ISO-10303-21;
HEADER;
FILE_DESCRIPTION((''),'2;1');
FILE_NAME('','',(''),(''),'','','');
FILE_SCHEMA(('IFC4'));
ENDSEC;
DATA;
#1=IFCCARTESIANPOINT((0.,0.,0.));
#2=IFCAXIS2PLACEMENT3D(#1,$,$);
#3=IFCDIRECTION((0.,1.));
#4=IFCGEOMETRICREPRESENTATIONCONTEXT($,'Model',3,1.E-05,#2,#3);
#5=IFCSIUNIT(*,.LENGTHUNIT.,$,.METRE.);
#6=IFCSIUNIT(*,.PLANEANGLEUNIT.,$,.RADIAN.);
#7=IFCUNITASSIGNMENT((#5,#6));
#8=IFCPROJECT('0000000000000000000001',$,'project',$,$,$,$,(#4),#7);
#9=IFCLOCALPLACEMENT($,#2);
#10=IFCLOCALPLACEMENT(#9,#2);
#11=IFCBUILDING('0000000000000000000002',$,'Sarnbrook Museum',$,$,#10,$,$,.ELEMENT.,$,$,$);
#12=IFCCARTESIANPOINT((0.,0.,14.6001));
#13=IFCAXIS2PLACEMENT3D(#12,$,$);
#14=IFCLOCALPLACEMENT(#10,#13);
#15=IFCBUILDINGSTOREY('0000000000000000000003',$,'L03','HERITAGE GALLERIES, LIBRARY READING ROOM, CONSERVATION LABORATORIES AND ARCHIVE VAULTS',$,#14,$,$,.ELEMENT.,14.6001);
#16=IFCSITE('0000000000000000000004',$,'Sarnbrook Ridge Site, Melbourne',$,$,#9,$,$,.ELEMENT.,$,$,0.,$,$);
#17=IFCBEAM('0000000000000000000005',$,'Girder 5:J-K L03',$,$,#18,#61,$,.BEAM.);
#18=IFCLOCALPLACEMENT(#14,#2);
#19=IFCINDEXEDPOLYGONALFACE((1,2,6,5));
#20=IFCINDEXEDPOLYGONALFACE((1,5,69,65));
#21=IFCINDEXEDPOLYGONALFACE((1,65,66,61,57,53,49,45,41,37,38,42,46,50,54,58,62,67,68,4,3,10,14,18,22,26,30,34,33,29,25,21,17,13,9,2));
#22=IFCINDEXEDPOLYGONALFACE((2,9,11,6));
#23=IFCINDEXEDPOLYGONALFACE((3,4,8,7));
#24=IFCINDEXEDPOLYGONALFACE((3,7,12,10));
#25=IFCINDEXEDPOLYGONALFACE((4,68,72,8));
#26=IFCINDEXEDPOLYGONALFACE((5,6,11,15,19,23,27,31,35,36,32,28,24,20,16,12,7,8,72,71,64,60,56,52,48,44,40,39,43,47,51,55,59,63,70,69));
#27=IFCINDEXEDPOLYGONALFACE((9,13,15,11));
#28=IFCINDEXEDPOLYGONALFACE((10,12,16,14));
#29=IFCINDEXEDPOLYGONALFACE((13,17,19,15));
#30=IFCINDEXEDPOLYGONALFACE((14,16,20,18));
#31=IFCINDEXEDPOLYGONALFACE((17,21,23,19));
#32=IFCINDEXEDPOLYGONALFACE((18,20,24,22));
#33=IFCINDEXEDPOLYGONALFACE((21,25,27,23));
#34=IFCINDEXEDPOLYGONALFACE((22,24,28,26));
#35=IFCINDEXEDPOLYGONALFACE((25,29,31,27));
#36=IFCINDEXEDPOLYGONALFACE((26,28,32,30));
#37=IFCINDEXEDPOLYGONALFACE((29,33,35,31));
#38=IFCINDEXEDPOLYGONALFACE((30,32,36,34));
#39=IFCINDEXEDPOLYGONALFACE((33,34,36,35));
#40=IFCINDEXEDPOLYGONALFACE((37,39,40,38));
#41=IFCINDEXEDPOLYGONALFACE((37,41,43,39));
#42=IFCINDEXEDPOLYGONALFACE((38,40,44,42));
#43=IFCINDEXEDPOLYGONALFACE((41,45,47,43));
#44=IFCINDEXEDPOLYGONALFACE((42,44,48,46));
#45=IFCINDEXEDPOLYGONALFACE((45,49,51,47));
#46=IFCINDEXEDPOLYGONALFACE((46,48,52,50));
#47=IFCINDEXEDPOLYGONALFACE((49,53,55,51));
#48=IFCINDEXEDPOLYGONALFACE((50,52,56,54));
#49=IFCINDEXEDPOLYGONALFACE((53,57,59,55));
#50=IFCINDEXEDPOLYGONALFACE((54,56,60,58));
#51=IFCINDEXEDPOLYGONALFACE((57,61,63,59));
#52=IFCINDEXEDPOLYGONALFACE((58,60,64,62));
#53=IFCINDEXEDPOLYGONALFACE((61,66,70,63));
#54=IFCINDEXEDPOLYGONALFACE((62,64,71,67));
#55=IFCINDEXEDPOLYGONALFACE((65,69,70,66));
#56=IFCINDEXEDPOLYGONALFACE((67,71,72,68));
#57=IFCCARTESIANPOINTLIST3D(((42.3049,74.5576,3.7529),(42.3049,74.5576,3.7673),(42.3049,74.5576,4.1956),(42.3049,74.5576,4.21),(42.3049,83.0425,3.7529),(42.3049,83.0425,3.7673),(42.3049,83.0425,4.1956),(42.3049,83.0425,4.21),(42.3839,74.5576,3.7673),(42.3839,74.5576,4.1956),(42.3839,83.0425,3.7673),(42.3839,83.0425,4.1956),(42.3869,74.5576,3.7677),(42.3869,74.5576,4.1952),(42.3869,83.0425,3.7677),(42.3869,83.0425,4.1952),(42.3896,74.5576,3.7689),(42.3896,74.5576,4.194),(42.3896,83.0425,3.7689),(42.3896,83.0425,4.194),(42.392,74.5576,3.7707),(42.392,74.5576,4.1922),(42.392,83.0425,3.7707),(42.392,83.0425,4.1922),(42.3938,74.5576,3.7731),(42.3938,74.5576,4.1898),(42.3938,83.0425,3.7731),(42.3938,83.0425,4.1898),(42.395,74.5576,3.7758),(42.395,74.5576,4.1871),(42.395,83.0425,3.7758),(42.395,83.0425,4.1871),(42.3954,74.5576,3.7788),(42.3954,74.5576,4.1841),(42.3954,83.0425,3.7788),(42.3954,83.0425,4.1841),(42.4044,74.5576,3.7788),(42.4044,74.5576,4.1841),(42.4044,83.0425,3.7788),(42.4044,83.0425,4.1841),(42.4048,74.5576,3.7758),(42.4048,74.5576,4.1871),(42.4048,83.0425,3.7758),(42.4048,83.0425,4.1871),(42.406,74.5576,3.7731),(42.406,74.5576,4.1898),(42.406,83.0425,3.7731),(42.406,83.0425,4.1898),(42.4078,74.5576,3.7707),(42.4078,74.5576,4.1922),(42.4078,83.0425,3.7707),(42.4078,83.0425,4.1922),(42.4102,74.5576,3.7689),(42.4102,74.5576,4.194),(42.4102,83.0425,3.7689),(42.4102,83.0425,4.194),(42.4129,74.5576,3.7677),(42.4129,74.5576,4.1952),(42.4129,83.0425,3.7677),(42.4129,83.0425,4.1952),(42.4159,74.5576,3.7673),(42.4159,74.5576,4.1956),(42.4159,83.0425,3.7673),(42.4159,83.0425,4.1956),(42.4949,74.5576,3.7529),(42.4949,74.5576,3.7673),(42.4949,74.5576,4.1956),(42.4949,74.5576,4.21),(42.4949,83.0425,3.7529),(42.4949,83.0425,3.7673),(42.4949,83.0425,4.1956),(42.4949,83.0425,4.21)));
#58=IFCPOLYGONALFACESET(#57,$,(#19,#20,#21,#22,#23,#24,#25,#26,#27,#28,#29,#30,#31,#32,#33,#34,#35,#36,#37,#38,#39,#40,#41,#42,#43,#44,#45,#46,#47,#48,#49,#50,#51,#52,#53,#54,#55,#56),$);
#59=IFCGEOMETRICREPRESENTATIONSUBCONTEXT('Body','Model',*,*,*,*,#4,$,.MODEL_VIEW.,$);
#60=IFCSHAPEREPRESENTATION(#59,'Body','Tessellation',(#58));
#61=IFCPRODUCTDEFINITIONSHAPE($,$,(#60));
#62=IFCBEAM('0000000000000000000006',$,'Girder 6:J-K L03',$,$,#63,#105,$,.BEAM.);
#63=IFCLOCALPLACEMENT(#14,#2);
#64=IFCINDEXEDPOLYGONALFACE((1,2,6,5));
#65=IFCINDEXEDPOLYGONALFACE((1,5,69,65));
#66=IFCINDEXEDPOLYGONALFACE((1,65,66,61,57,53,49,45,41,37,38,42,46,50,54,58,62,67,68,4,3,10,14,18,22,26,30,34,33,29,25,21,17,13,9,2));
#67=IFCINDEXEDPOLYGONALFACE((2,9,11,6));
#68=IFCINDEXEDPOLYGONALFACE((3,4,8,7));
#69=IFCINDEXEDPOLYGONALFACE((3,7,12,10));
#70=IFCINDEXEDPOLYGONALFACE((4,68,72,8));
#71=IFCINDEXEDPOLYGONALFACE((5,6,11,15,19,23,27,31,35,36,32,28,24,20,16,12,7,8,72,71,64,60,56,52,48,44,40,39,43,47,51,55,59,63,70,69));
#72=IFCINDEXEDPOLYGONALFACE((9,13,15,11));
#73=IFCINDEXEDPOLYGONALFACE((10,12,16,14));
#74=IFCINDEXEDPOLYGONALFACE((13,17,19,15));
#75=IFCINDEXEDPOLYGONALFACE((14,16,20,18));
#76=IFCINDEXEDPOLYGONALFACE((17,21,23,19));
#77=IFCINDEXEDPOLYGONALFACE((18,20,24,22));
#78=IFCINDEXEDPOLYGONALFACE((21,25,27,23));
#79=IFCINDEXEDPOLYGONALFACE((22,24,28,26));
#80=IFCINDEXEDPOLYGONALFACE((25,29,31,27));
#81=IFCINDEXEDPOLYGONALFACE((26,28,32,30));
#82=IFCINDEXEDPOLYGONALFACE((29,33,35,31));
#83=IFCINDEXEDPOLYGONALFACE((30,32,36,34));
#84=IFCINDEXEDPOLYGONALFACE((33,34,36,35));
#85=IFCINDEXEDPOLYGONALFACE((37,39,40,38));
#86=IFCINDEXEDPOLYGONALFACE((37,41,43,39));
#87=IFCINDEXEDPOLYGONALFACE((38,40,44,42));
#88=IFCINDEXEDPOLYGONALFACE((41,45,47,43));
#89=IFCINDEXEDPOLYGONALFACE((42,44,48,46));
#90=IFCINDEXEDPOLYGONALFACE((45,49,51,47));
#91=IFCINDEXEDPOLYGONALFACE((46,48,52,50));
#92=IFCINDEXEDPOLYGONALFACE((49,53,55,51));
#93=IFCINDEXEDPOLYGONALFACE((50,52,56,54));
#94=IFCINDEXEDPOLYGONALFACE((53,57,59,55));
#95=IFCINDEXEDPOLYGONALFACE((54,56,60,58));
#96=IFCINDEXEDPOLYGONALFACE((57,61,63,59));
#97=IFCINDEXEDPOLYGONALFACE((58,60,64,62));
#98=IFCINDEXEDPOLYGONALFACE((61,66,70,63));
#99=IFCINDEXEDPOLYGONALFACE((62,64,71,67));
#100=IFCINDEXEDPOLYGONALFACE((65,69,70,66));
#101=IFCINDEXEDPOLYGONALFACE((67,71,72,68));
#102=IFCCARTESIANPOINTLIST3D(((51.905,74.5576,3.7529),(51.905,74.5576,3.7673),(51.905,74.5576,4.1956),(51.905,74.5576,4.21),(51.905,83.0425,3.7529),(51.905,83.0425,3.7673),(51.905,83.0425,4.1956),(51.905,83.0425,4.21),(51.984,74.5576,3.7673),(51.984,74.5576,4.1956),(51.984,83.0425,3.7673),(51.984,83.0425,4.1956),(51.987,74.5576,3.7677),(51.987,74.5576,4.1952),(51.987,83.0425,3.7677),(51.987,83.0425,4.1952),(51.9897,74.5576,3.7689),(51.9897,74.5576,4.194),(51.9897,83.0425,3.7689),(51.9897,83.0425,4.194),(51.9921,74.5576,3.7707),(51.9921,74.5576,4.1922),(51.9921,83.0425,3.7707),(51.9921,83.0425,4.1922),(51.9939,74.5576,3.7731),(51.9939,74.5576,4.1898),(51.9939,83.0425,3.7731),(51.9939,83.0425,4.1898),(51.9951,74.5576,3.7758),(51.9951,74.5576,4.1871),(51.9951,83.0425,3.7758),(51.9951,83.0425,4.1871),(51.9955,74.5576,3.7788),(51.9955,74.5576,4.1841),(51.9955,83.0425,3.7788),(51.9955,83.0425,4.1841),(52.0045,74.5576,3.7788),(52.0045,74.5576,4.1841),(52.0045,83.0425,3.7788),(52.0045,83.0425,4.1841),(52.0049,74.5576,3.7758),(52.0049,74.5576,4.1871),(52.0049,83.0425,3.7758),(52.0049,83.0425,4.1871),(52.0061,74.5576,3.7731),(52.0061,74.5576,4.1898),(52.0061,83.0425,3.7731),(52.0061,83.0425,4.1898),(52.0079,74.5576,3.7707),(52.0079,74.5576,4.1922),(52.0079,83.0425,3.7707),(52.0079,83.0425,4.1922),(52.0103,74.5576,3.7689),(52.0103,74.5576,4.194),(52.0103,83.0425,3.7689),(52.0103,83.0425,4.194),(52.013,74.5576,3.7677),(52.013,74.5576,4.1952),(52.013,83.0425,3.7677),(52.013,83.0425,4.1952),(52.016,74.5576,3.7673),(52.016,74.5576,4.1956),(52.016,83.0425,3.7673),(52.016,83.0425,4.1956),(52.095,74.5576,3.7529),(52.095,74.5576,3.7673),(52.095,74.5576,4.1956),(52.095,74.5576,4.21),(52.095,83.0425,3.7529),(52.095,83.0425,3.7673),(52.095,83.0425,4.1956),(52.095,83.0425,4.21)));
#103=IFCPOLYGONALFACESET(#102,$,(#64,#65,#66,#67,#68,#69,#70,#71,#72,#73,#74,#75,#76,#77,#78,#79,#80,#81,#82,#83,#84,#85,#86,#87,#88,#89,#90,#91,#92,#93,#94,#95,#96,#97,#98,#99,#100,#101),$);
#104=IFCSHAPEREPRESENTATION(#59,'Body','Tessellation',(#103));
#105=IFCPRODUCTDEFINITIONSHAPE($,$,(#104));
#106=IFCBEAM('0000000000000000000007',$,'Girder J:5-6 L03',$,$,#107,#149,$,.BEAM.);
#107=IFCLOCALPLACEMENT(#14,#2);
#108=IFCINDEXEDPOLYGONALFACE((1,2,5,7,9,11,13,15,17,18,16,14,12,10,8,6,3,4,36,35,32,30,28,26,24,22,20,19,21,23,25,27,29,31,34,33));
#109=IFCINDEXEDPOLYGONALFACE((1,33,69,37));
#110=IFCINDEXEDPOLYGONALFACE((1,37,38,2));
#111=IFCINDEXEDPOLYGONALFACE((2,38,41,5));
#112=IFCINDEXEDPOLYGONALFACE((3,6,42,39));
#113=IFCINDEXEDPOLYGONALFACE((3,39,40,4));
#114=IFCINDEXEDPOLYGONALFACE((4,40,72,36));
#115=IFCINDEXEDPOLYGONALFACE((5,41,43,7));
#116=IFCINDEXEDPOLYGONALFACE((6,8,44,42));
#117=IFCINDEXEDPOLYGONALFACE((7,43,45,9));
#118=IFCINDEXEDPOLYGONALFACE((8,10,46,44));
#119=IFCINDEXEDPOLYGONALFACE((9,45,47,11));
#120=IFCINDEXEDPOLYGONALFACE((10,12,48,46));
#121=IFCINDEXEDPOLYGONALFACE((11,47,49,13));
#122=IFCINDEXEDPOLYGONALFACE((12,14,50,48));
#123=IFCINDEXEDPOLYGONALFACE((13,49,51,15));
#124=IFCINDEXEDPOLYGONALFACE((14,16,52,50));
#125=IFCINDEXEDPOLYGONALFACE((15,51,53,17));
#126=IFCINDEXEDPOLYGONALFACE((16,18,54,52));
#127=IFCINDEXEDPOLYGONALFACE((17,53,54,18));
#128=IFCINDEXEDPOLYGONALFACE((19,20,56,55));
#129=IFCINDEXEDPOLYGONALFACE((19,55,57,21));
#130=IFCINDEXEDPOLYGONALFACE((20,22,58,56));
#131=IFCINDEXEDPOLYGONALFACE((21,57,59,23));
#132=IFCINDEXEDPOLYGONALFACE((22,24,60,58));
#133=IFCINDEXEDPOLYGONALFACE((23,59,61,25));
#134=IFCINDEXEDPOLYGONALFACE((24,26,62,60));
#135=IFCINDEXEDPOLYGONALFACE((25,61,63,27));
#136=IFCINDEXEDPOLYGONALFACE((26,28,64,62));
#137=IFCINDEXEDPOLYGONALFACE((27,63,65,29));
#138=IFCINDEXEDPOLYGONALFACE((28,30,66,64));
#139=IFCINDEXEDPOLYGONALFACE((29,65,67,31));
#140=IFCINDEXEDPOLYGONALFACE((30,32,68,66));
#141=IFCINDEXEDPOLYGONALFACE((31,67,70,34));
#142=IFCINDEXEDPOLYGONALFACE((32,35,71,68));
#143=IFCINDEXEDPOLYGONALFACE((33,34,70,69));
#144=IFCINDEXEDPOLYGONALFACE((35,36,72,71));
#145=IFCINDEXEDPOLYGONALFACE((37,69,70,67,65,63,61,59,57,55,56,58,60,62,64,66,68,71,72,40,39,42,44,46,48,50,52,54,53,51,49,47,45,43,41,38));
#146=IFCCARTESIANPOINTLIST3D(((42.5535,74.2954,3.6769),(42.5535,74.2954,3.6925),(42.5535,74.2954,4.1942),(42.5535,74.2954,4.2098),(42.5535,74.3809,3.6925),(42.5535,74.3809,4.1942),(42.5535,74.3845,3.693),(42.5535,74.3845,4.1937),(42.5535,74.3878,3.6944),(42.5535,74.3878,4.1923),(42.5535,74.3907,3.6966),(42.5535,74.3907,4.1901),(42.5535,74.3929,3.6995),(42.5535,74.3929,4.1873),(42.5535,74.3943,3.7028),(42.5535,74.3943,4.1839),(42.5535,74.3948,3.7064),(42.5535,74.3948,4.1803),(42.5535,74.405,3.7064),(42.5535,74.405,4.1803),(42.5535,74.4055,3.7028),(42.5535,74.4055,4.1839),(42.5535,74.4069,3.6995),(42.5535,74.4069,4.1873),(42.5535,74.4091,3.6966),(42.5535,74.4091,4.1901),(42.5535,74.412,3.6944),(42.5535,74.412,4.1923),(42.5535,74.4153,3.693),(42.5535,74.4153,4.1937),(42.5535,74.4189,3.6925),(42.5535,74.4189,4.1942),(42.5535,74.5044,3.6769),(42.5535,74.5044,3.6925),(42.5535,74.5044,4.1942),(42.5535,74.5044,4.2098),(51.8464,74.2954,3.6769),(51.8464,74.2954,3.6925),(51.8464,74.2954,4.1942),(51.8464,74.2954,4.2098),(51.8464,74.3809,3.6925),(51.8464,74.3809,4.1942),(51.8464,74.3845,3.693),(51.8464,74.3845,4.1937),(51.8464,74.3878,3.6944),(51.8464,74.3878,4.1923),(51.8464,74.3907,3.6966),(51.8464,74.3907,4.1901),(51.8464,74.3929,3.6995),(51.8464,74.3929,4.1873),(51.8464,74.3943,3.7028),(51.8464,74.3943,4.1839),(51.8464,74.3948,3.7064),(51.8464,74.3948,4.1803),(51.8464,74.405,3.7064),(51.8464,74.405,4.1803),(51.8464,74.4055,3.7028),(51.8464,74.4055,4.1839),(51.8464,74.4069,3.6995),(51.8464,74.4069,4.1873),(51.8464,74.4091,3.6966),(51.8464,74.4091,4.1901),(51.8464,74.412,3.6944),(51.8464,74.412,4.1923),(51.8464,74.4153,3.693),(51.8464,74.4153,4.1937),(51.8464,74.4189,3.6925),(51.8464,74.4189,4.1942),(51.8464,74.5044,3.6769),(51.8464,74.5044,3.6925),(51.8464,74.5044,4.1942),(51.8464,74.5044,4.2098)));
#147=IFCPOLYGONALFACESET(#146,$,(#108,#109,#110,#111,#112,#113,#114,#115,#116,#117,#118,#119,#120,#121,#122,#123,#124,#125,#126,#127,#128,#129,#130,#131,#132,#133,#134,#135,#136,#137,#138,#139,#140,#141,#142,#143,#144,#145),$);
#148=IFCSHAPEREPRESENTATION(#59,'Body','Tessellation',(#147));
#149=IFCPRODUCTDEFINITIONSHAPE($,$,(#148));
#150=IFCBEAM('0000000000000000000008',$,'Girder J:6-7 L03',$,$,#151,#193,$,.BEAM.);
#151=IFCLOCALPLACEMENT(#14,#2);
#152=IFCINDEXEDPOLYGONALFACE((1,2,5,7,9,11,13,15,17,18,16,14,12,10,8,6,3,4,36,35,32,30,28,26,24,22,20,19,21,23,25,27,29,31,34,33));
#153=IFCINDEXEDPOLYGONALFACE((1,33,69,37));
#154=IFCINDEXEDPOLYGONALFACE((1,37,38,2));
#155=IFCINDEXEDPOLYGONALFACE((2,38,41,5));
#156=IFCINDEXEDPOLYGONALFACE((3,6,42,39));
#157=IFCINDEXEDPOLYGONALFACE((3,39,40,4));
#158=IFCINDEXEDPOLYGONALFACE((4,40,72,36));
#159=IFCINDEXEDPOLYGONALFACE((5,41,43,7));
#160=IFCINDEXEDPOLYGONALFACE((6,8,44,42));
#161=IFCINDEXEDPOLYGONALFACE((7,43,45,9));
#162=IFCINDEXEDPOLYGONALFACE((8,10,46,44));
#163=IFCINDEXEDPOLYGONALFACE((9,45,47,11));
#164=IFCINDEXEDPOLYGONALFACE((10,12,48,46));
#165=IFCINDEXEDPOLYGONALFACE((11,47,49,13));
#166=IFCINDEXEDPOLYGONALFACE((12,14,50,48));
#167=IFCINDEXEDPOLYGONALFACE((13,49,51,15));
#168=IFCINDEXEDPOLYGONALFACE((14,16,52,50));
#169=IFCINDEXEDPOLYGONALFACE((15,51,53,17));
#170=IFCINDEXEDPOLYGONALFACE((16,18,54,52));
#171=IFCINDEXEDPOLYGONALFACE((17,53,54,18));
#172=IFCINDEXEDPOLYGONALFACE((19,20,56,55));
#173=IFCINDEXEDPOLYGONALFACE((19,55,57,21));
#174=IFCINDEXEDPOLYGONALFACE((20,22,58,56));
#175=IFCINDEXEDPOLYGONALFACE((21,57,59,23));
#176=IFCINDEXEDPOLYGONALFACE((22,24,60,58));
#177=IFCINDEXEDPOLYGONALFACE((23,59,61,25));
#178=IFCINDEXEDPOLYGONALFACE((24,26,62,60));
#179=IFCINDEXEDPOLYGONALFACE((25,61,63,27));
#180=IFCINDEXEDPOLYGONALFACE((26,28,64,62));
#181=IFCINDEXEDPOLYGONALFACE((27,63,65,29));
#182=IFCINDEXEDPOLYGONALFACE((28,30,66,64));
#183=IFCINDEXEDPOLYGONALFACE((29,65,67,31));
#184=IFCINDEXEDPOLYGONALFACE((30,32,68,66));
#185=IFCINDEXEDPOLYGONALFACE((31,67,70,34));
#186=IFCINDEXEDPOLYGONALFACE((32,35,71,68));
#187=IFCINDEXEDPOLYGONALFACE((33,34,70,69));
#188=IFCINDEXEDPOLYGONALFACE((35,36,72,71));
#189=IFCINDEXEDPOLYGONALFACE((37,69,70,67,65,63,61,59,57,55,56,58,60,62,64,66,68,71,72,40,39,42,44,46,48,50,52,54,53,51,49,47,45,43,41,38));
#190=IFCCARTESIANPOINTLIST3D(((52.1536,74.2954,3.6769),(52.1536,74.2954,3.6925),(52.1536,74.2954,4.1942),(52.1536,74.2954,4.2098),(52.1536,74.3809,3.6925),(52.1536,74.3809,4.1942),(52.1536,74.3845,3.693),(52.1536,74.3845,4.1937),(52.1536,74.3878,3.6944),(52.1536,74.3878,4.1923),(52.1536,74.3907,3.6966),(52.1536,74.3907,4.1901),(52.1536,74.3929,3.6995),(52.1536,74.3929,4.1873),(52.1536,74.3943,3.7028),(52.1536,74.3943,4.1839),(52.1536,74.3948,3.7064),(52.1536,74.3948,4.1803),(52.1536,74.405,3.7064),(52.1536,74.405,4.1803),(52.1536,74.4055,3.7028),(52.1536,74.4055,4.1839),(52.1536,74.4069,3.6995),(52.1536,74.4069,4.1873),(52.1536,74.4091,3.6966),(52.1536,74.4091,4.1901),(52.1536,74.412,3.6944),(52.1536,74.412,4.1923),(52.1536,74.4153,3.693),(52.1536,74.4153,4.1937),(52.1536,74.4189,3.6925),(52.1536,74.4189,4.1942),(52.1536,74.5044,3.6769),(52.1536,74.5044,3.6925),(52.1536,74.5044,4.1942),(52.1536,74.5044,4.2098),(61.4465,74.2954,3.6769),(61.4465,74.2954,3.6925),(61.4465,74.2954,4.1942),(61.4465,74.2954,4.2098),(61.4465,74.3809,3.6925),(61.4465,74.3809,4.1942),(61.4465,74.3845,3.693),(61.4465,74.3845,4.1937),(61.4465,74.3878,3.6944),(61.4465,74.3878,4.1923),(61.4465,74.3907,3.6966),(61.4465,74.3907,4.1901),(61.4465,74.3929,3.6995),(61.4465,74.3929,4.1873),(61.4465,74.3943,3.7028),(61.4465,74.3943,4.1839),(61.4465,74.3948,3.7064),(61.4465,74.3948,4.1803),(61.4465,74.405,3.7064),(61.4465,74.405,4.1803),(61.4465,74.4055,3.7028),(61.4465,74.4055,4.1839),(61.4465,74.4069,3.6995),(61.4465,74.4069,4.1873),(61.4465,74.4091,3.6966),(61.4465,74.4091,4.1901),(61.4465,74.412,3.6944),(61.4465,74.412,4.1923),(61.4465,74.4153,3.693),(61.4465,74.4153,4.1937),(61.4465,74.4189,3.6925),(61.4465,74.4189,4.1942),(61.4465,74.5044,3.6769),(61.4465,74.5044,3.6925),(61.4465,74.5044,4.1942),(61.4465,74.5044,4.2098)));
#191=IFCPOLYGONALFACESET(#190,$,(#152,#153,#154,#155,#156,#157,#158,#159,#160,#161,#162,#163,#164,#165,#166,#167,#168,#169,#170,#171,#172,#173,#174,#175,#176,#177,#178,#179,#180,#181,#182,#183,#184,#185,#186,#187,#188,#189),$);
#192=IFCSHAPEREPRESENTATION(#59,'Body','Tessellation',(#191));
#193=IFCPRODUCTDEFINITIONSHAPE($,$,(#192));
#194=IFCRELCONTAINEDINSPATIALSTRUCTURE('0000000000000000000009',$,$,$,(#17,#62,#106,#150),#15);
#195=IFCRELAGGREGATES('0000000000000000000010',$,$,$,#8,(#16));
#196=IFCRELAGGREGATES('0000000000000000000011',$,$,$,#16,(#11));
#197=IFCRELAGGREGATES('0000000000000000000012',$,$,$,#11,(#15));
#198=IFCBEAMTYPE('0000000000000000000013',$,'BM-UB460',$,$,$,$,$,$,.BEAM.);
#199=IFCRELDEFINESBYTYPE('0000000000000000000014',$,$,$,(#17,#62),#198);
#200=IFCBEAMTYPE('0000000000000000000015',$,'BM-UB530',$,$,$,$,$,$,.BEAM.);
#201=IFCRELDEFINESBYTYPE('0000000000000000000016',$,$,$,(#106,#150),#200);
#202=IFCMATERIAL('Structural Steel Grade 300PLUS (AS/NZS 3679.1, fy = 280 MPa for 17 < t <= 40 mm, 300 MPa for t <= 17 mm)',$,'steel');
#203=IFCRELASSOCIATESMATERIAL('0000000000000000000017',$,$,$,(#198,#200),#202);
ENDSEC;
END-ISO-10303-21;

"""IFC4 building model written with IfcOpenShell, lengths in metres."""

from ifc_helpers import new_model, si_unit, direction, frame, origin, origin_2d, place, context, subcontext, project, spatial, i_section, extrude, material, material_profile, profile_set, type_object, element, save


model = new_model("IFC4")

# Units and contexts
model_context = context("Model", 3, precision=1e-05, world=origin(), true_north=direction((0.0, 1.0)))
body_context = subcontext(model_context, "Body", "Model", "MODEL_VIEW")
ifc_project = project(units=[si_unit("LENGTHUNIT", "METRE"), si_unit("PLANEANGLEUNIT", "RADIAN")], contexts=[model_context])

# Site, building, storey
site_placement = place(None, origin())
site = spatial("IfcSite", under=ifc_project, at=site_placement, Name="Sarnbrook Ridge Site, Melbourne", CompositionType="ELEMENT", RefElevation=0.0)
building_placement = place(site_placement, origin())
building = spatial("IfcBuilding", under=site, at=building_placement, Name="Sarnbrook Museum", CompositionType="ELEMENT")
storey_placement = place(building_placement, frame((0.0, 0.0, 14.6001)))
storey = spatial("IfcBuildingStorey", under=building, at=storey_placement, Name="L03", Description="HERITAGE GALLERIES, LIBRARY READING ROOM, CONSERVATION LABORATORIES AND ARCHIVE VAULTS", CompositionType="ELEMENT", Elevation=14.6001)

# Shared definitions
ifc_material_1 = material(Name="Structural Steel Grade 300PLUS (AS/NZS 3679.1, fy = 280 MPa for 17 < t <= 40 mm, 300 MPa for t <= 17 mm)", Category="steel")

# Beams
ifc_material_profile_1 = material_profile(ifc_material_1, i_section(OverallWidth=0.1899, OverallDepth=0.457, WebThickness=0.009, FlangeThickness=0.0144, FilletRadius=0.0115, at=origin_2d()), Name="460UB74.6")
ifc_profile_set_1 = profile_set([ifc_material_profile_1], Name="Structural Steel Grade 300PLUS (AS/NZS 3679.1, fy = 280 MPa for 17 < t <= 40 mm, 300 MPa for t <= 17 mm)")
beam_type_1 = type_object("IfcBeamType", Name="BM-UB460", PredefinedType="BEAM", material=ifc_profile_set_1)
for number, where, z_axis, x_axis, name in (
    (1, (42.3999, 74.5576, 3.9814), (0.0, 1.0, 0.0), (-1.0, 0.0, 0.0), "Girder 5:J-K L03"),
    (2, (52.0, 74.5576, 3.9814), (0.0, 1.0, 0.0), (-1.0, 0.0, 0.0), "Girder 6:J-K L03"),
):
    element("IfcBeam", number, at=place(storey_placement, frame(where, z_axis=z_axis, x_axis=x_axis)), inside=storey, type_object=beam_type_1, Name=name, PredefinedType="BEAM", context=body_context, shape_type="SweptSolid", body=[
        extrude(i_section(OverallWidth=0.1899, OverallDepth=0.457, WebThickness=0.009, FlangeThickness=0.0144, FilletRadius=0.0115, at=origin_2d()), origin(), (0.0, 0.0, 1.0), 8.4849),
    ])
ifc_material_profile_2 = material_profile(ifc_material_1, i_section(OverallWidth=0.209, OverallDepth=0.533, WebThickness=0.0103, FlangeThickness=0.0156, FilletRadius=0.0139, at=origin_2d()), Name="530UB92.4")
ifc_profile_set_2 = profile_set([ifc_material_profile_2], Name="Structural Steel Grade 300PLUS (AS/NZS 3679.1, fy = 280 MPa for 17 < t <= 40 mm, 300 MPa for t <= 17 mm)")
beam_type_2 = type_object("IfcBeamType", Name="BM-UB530", PredefinedType="BEAM", material=ifc_profile_set_2)
for number, where, z_axis, x_axis, name in (
    (3, (42.5535, 74.3999, 3.9434), (1.0, 0.0, 0.0), (0.0, 1.0, 0.0), "Girder J:5-6 L03"),
    (4, (52.1536, 74.3999, 3.9434), (1.0, 0.0, 0.0), (0.0, 1.0, 0.0), "Girder J:6-7 L03"),
):
    element("IfcBeam", number, at=place(storey_placement, frame(where, z_axis=z_axis, x_axis=x_axis)), inside=storey, type_object=beam_type_2, Name=name, PredefinedType="BEAM", context=body_context, shape_type="SweptSolid", body=[
        extrude(i_section(OverallWidth=0.209, OverallDepth=0.533, WebThickness=0.0103, FlangeThickness=0.0156, FilletRadius=0.0139, at=origin_2d()), origin(), (0.0, 0.0, 1.0), 9.293),
    ])

save(model, "model.ifc")
